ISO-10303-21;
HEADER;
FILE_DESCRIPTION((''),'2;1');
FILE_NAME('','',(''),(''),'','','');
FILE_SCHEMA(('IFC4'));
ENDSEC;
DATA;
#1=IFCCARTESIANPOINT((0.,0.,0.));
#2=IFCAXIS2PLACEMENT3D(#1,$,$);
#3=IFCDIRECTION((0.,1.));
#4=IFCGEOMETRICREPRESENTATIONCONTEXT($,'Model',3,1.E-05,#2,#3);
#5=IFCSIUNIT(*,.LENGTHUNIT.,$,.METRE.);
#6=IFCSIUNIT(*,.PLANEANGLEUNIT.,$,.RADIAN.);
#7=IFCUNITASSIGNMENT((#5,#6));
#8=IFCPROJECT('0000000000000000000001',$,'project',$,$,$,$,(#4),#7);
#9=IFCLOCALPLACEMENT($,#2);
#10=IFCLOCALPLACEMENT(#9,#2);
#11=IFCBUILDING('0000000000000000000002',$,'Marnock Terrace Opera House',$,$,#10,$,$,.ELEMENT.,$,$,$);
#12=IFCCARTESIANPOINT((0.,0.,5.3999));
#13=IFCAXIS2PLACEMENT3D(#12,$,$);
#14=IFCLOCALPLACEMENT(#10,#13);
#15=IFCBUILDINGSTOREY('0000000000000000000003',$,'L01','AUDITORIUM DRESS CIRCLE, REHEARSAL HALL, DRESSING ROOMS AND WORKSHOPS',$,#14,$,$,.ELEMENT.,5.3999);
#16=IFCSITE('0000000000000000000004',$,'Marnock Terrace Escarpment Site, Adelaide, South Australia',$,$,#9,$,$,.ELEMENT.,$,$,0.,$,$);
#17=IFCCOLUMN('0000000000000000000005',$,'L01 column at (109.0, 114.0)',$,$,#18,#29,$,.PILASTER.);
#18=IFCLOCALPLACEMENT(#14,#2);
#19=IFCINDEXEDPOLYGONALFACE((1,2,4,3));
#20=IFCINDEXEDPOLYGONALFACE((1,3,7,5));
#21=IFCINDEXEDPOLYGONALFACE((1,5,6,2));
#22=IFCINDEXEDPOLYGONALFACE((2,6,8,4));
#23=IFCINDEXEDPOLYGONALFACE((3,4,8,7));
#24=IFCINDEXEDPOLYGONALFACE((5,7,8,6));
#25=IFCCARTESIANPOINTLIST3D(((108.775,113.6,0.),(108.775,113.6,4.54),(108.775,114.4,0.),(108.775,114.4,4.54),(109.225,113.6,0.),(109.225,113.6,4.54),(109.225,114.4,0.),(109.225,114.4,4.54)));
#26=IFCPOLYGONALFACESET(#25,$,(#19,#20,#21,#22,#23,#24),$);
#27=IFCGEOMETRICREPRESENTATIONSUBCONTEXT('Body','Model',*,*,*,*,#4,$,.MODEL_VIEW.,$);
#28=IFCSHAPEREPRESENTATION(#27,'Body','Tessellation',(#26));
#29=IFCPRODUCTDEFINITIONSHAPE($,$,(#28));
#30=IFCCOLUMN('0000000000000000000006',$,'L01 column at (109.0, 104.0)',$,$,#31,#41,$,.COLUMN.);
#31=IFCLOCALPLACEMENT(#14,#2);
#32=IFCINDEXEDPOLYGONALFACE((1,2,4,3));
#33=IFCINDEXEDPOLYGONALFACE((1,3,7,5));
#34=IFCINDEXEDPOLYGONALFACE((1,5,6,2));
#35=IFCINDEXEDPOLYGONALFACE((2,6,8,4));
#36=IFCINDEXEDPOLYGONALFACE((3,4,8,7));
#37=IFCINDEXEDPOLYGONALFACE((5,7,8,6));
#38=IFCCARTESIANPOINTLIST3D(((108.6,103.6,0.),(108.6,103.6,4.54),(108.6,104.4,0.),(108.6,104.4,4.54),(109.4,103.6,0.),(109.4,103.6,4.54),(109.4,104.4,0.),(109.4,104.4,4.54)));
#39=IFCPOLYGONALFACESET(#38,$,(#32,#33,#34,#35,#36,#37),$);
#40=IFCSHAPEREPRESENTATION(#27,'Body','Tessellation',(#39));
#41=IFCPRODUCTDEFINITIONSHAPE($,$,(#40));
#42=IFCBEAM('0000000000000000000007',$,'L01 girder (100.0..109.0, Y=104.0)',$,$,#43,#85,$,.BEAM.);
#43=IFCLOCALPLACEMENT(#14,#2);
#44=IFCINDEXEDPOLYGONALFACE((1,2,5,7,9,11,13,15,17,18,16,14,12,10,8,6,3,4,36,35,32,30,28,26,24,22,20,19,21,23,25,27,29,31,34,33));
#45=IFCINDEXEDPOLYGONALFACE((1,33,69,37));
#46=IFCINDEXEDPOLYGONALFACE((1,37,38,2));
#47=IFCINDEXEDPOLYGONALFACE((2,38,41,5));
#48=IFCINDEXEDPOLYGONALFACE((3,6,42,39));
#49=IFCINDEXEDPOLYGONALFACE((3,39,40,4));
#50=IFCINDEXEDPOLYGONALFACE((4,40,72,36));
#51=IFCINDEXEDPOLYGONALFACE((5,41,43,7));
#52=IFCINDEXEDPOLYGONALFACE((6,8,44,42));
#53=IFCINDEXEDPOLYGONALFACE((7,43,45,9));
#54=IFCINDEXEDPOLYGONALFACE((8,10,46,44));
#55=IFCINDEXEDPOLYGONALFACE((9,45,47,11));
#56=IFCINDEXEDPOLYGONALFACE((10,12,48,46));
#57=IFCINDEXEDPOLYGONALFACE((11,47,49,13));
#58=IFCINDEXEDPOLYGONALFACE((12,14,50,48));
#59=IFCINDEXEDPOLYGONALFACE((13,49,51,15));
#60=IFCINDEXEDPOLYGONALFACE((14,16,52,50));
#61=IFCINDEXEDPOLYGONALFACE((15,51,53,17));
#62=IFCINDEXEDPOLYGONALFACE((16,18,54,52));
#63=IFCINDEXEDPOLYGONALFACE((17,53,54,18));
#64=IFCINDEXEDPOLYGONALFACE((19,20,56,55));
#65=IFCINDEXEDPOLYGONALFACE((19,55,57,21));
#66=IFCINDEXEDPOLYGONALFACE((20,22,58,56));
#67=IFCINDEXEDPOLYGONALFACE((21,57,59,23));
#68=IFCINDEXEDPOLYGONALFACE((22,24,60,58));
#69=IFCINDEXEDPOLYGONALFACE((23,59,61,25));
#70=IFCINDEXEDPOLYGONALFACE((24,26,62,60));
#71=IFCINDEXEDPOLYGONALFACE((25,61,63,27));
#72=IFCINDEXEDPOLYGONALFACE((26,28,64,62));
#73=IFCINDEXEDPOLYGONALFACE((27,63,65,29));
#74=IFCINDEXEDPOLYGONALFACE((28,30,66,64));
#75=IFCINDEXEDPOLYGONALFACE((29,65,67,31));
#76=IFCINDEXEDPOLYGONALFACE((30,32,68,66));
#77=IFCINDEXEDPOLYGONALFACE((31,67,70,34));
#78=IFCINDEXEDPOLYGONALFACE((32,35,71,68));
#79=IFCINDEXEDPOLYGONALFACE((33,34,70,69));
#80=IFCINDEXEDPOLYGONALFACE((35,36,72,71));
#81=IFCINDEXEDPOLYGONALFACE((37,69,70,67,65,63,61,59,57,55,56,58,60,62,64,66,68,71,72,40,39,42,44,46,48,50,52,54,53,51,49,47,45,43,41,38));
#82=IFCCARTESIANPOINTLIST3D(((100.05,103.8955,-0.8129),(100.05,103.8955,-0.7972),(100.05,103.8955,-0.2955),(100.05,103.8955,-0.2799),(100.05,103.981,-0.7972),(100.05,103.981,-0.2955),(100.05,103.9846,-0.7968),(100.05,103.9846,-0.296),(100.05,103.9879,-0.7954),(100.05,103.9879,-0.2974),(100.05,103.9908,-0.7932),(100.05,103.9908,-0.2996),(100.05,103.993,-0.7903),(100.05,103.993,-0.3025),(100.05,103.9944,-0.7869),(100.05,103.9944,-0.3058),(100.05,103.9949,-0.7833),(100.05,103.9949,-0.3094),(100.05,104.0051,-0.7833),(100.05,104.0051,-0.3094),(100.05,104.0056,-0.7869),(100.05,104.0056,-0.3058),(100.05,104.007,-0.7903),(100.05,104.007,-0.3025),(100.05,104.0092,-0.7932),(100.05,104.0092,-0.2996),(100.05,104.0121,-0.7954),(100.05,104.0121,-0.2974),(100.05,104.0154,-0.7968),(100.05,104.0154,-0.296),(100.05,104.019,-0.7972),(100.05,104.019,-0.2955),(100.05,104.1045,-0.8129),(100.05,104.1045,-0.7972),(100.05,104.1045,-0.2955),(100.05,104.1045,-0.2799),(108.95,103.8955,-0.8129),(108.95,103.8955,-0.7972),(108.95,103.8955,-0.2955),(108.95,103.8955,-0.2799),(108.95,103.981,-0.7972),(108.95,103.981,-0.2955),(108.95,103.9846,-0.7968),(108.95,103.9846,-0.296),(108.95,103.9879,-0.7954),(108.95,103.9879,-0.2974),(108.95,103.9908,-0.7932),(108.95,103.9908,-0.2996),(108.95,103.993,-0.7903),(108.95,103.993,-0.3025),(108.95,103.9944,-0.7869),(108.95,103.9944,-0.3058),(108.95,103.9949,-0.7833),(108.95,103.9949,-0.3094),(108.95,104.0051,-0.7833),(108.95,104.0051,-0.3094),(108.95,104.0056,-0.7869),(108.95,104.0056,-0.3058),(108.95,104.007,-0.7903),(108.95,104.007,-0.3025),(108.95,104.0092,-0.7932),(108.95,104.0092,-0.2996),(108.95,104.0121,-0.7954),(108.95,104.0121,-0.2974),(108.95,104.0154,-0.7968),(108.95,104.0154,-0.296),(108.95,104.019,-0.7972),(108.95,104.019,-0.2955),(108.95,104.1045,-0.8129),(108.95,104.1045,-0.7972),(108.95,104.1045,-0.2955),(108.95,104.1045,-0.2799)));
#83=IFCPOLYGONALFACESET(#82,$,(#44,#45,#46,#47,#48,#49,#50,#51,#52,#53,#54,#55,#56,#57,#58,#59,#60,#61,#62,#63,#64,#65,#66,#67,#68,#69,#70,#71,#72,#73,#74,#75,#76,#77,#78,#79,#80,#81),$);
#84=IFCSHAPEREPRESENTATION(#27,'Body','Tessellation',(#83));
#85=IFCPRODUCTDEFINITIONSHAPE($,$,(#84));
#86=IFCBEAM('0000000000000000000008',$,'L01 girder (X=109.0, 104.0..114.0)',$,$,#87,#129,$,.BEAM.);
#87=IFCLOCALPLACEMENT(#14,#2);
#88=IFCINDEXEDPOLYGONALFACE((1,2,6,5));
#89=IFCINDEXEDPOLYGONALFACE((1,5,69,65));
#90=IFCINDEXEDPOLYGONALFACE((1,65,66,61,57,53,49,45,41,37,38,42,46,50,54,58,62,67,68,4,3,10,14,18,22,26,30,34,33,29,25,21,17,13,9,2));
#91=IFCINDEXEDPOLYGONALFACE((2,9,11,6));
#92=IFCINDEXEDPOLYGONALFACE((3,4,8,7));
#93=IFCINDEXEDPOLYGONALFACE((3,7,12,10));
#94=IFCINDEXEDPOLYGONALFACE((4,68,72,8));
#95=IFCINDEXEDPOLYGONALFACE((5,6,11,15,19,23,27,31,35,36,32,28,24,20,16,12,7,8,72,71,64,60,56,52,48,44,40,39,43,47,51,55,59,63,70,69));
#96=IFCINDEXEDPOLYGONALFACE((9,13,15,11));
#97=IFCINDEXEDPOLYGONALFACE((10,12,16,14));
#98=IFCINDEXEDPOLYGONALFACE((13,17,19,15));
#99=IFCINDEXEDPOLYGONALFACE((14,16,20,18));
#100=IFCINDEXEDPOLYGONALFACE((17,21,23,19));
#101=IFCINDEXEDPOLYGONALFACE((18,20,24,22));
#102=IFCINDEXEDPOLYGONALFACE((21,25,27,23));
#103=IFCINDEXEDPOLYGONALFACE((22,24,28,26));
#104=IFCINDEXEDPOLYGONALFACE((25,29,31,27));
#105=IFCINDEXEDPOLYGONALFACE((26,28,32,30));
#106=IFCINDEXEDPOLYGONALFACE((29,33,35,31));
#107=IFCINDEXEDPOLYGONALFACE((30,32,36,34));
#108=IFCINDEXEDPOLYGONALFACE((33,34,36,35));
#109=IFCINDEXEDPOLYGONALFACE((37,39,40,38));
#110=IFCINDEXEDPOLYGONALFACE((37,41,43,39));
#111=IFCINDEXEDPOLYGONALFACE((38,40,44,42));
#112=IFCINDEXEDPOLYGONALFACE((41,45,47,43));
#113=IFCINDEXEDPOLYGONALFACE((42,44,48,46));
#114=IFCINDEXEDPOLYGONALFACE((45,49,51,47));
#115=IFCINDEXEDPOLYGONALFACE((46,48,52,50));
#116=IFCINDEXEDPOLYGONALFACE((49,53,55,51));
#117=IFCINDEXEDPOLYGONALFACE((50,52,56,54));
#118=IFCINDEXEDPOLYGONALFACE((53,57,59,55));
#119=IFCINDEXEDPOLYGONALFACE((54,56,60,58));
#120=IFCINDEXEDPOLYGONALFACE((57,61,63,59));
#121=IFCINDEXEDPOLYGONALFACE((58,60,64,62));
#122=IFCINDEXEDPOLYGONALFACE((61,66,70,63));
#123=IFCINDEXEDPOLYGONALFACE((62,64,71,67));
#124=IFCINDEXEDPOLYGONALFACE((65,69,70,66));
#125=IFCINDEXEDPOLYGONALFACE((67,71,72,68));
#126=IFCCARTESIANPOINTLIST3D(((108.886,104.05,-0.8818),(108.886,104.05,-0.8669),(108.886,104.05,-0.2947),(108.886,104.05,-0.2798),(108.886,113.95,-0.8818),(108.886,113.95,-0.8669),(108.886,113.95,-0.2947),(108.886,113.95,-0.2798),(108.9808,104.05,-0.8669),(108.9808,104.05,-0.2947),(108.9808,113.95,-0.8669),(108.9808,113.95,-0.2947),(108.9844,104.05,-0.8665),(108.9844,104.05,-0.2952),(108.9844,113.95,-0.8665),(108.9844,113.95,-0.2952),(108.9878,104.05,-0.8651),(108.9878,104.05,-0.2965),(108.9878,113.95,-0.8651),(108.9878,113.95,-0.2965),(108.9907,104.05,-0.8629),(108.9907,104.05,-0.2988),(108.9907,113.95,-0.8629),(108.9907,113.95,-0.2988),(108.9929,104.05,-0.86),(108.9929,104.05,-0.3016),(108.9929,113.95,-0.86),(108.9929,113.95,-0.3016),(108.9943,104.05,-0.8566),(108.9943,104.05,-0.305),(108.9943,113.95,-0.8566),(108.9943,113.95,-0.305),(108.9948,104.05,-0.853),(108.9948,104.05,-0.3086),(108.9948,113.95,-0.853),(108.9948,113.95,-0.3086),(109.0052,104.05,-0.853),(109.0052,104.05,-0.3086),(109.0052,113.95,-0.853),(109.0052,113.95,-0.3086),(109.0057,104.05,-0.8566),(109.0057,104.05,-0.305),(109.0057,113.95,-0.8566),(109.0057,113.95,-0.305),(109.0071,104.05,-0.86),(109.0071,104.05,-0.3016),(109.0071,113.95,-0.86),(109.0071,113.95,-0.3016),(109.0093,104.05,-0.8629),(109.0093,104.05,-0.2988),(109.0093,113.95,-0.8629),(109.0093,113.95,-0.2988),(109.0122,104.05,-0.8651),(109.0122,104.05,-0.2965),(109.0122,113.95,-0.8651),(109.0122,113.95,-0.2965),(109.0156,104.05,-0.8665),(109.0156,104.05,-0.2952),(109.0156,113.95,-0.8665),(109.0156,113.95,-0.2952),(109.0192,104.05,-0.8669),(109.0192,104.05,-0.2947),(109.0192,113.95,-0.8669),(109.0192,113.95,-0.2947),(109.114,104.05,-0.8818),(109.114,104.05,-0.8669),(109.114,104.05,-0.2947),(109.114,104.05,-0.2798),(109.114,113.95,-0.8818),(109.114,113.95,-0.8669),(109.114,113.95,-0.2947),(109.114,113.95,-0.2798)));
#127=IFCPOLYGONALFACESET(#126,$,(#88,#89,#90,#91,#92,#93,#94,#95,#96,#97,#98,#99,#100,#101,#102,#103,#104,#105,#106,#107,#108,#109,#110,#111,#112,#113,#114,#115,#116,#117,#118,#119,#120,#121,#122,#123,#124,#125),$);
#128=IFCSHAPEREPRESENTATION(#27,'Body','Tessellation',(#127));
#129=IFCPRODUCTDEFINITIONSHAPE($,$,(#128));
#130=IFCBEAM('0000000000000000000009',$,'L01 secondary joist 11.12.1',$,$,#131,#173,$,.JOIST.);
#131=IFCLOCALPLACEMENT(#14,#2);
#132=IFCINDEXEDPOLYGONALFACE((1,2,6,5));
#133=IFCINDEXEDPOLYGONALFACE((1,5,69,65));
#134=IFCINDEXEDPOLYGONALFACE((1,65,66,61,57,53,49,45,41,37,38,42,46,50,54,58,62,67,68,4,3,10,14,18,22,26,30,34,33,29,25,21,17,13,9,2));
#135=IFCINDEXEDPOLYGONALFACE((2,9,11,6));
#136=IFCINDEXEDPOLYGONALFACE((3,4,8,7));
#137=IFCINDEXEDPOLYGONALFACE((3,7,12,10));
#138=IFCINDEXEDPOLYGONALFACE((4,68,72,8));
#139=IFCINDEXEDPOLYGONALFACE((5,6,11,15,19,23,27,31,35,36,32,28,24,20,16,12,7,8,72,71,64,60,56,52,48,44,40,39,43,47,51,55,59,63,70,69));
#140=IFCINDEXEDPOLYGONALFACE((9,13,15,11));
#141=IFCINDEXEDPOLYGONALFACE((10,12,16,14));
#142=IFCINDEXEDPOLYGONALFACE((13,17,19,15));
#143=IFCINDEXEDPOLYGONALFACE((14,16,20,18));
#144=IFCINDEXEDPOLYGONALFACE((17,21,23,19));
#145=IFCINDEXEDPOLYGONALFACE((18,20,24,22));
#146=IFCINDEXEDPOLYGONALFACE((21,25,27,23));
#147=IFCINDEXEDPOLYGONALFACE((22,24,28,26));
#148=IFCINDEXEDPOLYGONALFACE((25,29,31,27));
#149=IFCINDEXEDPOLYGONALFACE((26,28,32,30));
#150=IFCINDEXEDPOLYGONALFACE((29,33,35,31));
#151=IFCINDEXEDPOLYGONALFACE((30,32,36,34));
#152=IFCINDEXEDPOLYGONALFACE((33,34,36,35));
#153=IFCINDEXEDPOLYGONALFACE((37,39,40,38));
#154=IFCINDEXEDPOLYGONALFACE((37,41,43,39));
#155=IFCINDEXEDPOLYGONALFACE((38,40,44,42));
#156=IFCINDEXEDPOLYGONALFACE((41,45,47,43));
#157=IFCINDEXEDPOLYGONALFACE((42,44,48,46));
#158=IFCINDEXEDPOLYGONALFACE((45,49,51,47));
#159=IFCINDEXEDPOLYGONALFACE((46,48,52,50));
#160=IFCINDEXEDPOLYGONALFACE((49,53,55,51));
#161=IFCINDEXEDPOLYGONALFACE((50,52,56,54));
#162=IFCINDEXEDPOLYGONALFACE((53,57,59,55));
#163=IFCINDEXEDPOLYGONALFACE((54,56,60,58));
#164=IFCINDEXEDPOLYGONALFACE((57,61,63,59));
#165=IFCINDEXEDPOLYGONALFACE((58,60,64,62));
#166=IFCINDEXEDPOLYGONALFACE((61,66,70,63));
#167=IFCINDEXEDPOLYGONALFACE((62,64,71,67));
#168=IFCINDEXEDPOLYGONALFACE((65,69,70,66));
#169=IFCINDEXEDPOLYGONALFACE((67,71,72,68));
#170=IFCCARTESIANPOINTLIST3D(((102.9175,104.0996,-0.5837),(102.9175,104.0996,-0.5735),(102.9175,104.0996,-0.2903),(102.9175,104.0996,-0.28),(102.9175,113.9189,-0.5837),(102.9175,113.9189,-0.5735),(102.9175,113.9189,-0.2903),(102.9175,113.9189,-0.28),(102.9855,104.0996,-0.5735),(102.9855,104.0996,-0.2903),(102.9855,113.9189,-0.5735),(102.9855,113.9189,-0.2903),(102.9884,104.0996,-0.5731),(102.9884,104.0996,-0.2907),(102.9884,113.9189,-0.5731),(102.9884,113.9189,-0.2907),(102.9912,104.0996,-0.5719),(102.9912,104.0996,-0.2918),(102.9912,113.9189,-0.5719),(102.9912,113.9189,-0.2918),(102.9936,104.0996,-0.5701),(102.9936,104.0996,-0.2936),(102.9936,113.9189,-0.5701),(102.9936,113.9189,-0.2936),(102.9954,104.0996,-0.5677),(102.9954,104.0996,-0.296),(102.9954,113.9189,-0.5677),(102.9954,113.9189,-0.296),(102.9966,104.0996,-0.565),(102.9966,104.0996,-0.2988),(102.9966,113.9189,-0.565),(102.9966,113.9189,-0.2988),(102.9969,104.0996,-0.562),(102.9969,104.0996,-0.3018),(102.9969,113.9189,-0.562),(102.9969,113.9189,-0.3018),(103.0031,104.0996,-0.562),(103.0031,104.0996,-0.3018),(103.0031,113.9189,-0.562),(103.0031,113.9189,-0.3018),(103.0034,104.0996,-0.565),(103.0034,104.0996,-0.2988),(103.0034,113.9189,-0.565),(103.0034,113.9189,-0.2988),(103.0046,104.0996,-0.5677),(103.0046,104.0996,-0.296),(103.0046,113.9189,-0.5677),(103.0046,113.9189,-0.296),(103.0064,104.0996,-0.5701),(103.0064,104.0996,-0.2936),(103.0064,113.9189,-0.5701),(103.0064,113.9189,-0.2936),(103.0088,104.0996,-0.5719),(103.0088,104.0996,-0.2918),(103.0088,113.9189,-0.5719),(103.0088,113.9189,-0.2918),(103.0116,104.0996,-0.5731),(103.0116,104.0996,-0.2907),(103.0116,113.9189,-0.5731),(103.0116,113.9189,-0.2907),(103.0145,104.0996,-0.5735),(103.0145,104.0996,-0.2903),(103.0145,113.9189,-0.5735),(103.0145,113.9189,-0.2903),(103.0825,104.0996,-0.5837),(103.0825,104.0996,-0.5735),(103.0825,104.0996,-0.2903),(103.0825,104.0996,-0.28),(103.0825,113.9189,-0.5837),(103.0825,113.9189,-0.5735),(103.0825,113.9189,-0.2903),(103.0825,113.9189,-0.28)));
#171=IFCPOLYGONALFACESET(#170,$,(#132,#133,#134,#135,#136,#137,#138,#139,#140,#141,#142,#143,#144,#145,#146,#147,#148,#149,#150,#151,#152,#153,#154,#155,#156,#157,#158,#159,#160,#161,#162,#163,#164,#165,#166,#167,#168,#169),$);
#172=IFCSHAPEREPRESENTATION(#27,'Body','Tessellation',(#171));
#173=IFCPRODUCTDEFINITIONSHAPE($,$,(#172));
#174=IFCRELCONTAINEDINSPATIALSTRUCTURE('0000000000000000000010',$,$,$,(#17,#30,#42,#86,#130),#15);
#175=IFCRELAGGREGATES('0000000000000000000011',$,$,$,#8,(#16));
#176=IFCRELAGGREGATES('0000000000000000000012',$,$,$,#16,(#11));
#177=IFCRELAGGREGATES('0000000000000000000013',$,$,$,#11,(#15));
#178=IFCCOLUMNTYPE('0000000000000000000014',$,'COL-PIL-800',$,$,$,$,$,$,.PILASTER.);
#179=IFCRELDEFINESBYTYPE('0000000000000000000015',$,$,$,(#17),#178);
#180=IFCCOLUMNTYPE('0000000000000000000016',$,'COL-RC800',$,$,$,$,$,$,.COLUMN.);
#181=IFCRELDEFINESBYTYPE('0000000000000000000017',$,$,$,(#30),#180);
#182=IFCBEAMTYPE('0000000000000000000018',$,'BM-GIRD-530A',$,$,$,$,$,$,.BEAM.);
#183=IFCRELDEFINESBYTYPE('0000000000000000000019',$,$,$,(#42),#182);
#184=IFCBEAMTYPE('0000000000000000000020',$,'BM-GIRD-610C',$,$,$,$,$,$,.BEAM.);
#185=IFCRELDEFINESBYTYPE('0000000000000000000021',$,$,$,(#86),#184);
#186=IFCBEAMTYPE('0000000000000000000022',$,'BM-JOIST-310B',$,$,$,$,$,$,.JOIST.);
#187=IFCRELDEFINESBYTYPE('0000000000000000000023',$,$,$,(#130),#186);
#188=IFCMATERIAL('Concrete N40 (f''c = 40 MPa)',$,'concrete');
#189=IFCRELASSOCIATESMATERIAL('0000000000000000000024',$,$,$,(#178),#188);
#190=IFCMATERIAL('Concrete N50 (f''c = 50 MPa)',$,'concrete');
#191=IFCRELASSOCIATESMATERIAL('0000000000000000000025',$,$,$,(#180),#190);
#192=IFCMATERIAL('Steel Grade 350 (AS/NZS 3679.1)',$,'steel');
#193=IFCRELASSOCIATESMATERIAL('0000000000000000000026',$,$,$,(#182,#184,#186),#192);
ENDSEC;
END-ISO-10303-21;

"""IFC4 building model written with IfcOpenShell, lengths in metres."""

from ifc_helpers import new_model, si_unit, direction, frame, origin, origin_2d, place, context, subcontext, project, spatial, rectangle, i_section, extrude, material, material_profile, profile_set, type_object, element, save


model = new_model("IFC4")

# Units and contexts
model_context = context("Model", 3, precision=1e-05, world=origin(), true_north=direction((0.0, 1.0)))
body_context = subcontext(model_context, "Body", "Model", "MODEL_VIEW")
ifc_project = project(units=[si_unit("LENGTHUNIT", "METRE"), si_unit("PLANEANGLEUNIT", "RADIAN")], contexts=[model_context])

# Site, building, storey
site_placement = place(None, origin())
site = spatial("IfcSite", under=ifc_project, at=site_placement, Name="Marnock Terrace Escarpment Site, Adelaide, South Australia", CompositionType="ELEMENT", RefElevation=0.0)
building_placement = place(site_placement, origin())
building = spatial("IfcBuilding", under=site, at=building_placement, Name="Marnock Terrace Opera House", CompositionType="ELEMENT")
storey_placement = place(building_placement, frame((0.0, 0.0, 5.3999)))
storey = spatial("IfcBuildingStorey", under=building, at=storey_placement, Name="L01", Description="AUDITORIUM DRESS CIRCLE, REHEARSAL HALL, DRESSING ROOMS AND WORKSHOPS", CompositionType="ELEMENT", Elevation=5.3999)

# Columns
ifc_material_1 = material(Name="Concrete N40 (f'c = 40 MPa)", Category="concrete")
ifc_material_profile_1 = material_profile(ifc_material_1, rectangle(XDim=0.45, YDim=0.8, at=origin_2d()))
ifc_profile_set_1 = profile_set([ifc_material_profile_1], Name="Concrete N40 (f'c = 40 MPa)")
column_type_1 = type_object("IfcColumnType", Name="COL-PIL-800", PredefinedType="PILASTER", material=ifc_profile_set_1)
column_1_placement = place(storey_placement, frame((109.0, 114.0, 0.0), z_axis=(0.0, 0.0, 1.0), x_axis=(1.0, 0.0, 0.0)))
element("IfcColumn", 1, at=column_1_placement, inside=storey, type_object=column_type_1, Name="L01 column at (109.0, 114.0)", PredefinedType="PILASTER", context=body_context, shape_type="SweptSolid", body=[
    extrude(rectangle(XDim=0.45, YDim=0.8, at=origin_2d()), origin(), (0.0, 0.0, 1.0), 4.54),
])
ifc_material_2 = material(Name="Concrete N50 (f'c = 50 MPa)", Category="concrete")
ifc_material_profile_2 = material_profile(ifc_material_2, rectangle(XDim=0.8, YDim=0.8, at=origin_2d()))
ifc_profile_set_2 = profile_set([ifc_material_profile_2], Name="Concrete N50 (f'c = 50 MPa)")
column_type_2 = type_object("IfcColumnType", Name="COL-RC800", PredefinedType="COLUMN", material=ifc_profile_set_2)
column_2_placement = place(storey_placement, frame((109.0, 104.0, 0.0), z_axis=(0.0, 0.0, 1.0), x_axis=(1.0, 0.0, 0.0)))
element("IfcColumn", 2, at=column_2_placement, inside=storey, type_object=column_type_2, Name="L01 column at (109.0, 104.0)", PredefinedType="COLUMN", context=body_context, shape_type="SweptSolid", body=[
    extrude(rectangle(XDim=0.8, YDim=0.8, at=origin_2d()), origin(), (0.0, 0.0, 1.0), 4.54),
])

# Beams
ifc_material_3 = material(Name="Steel Grade 350 (AS/NZS 3679.1)", Category="steel")
ifc_material_profile_3 = material_profile(ifc_material_3, i_section(OverallWidth=0.209, OverallDepth=0.533, WebThickness=0.0103, FlangeThickness=0.0156, FilletRadius=0.0139, at=origin_2d()))
ifc_profile_set_3 = profile_set([ifc_material_profile_3], Name="Steel Grade 350 (AS/NZS 3679.1)")
beam_type_1 = type_object("IfcBeamType", Name="BM-GIRD-530A", PredefinedType="BEAM", material=ifc_profile_set_3)
beam_1_placement = place(storey_placement, frame((100.05, 104.0, -0.5464), z_axis=(1.0, 0.0, 0.0), x_axis=(0.0, 1.0, 0.0)))
element("IfcBeam", 3, at=beam_1_placement, inside=storey, type_object=beam_type_1, Name="L01 girder (100.0..109.0, Y=104.0)", PredefinedType="BEAM", context=body_context, shape_type="SweptSolid", body=[
    extrude(i_section(OverallWidth=0.209, OverallDepth=0.533, WebThickness=0.0103, FlangeThickness=0.0156, FilletRadius=0.0139, at=origin_2d()), origin(), (0.0, 0.0, 1.0), 8.8999),
])
ifc_material_profile_4 = material_profile(ifc_material_3, i_section(OverallWidth=0.228, OverallDepth=0.6021, WebThickness=0.0105, FlangeThickness=0.0149, FilletRadius=0.0139, at=origin_2d()))
ifc_profile_set_4 = profile_set([ifc_material_profile_4], Name="Steel Grade 350 (AS/NZS 3679.1)")
beam_type_2 = type_object("IfcBeamType", Name="BM-GIRD-610C", PredefinedType="BEAM", material=ifc_profile_set_4)
beam_2_placement = place(storey_placement, frame((109.0, 104.05, -0.5808), z_axis=(0.0, 1.0, 0.0), x_axis=(-1.0, 0.0, 0.0)))
element("IfcBeam", 4, at=beam_2_placement, inside=storey, type_object=beam_type_2, Name="L01 girder (X=109.0, 104.0..114.0)", PredefinedType="BEAM", context=body_context, shape_type="SweptSolid", body=[
    extrude(i_section(OverallWidth=0.228, OverallDepth=0.6021, WebThickness=0.0105, FlangeThickness=0.0149, FilletRadius=0.0139, at=origin_2d()), origin(), (0.0, 0.0, 1.0), 9.8999),
])
ifc_material_profile_5 = material_profile(ifc_material_3, i_section(OverallWidth=0.165, OverallDepth=0.3037, WebThickness=0.0061, FlangeThickness=0.0103, FilletRadius=0.0115, at=origin_2d()))
ifc_profile_set_5 = profile_set([ifc_material_profile_5], Name="Steel Grade 350 (AS/NZS 3679.1)")
beam_type_3 = type_object("IfcBeamType", Name="BM-JOIST-310B", PredefinedType="JOIST", material=ifc_profile_set_5)
for number, where, z_axis, x_axis, name in (
    (5, (103.0, 104.0996, -0.4319), (0.0, 1.0, 0.0), (-1.0, 0.0, 0.0), "L01 secondary joist 11.12.1"),
):
    element("IfcBeam", number, at=place(storey_placement, frame(where, z_axis=z_axis, x_axis=x_axis)), inside=storey, type_object=beam_type_3, Name=name, PredefinedType="JOIST", context=body_context, shape_type="SweptSolid", body=[
        extrude(i_section(OverallWidth=0.165, OverallDepth=0.3037, WebThickness=0.0061, FlangeThickness=0.0103, FilletRadius=0.0115, at=origin_2d()), origin(), (0.0, 0.0, 1.0), 9.8193),
    ])

save(model, "model.ifc")
